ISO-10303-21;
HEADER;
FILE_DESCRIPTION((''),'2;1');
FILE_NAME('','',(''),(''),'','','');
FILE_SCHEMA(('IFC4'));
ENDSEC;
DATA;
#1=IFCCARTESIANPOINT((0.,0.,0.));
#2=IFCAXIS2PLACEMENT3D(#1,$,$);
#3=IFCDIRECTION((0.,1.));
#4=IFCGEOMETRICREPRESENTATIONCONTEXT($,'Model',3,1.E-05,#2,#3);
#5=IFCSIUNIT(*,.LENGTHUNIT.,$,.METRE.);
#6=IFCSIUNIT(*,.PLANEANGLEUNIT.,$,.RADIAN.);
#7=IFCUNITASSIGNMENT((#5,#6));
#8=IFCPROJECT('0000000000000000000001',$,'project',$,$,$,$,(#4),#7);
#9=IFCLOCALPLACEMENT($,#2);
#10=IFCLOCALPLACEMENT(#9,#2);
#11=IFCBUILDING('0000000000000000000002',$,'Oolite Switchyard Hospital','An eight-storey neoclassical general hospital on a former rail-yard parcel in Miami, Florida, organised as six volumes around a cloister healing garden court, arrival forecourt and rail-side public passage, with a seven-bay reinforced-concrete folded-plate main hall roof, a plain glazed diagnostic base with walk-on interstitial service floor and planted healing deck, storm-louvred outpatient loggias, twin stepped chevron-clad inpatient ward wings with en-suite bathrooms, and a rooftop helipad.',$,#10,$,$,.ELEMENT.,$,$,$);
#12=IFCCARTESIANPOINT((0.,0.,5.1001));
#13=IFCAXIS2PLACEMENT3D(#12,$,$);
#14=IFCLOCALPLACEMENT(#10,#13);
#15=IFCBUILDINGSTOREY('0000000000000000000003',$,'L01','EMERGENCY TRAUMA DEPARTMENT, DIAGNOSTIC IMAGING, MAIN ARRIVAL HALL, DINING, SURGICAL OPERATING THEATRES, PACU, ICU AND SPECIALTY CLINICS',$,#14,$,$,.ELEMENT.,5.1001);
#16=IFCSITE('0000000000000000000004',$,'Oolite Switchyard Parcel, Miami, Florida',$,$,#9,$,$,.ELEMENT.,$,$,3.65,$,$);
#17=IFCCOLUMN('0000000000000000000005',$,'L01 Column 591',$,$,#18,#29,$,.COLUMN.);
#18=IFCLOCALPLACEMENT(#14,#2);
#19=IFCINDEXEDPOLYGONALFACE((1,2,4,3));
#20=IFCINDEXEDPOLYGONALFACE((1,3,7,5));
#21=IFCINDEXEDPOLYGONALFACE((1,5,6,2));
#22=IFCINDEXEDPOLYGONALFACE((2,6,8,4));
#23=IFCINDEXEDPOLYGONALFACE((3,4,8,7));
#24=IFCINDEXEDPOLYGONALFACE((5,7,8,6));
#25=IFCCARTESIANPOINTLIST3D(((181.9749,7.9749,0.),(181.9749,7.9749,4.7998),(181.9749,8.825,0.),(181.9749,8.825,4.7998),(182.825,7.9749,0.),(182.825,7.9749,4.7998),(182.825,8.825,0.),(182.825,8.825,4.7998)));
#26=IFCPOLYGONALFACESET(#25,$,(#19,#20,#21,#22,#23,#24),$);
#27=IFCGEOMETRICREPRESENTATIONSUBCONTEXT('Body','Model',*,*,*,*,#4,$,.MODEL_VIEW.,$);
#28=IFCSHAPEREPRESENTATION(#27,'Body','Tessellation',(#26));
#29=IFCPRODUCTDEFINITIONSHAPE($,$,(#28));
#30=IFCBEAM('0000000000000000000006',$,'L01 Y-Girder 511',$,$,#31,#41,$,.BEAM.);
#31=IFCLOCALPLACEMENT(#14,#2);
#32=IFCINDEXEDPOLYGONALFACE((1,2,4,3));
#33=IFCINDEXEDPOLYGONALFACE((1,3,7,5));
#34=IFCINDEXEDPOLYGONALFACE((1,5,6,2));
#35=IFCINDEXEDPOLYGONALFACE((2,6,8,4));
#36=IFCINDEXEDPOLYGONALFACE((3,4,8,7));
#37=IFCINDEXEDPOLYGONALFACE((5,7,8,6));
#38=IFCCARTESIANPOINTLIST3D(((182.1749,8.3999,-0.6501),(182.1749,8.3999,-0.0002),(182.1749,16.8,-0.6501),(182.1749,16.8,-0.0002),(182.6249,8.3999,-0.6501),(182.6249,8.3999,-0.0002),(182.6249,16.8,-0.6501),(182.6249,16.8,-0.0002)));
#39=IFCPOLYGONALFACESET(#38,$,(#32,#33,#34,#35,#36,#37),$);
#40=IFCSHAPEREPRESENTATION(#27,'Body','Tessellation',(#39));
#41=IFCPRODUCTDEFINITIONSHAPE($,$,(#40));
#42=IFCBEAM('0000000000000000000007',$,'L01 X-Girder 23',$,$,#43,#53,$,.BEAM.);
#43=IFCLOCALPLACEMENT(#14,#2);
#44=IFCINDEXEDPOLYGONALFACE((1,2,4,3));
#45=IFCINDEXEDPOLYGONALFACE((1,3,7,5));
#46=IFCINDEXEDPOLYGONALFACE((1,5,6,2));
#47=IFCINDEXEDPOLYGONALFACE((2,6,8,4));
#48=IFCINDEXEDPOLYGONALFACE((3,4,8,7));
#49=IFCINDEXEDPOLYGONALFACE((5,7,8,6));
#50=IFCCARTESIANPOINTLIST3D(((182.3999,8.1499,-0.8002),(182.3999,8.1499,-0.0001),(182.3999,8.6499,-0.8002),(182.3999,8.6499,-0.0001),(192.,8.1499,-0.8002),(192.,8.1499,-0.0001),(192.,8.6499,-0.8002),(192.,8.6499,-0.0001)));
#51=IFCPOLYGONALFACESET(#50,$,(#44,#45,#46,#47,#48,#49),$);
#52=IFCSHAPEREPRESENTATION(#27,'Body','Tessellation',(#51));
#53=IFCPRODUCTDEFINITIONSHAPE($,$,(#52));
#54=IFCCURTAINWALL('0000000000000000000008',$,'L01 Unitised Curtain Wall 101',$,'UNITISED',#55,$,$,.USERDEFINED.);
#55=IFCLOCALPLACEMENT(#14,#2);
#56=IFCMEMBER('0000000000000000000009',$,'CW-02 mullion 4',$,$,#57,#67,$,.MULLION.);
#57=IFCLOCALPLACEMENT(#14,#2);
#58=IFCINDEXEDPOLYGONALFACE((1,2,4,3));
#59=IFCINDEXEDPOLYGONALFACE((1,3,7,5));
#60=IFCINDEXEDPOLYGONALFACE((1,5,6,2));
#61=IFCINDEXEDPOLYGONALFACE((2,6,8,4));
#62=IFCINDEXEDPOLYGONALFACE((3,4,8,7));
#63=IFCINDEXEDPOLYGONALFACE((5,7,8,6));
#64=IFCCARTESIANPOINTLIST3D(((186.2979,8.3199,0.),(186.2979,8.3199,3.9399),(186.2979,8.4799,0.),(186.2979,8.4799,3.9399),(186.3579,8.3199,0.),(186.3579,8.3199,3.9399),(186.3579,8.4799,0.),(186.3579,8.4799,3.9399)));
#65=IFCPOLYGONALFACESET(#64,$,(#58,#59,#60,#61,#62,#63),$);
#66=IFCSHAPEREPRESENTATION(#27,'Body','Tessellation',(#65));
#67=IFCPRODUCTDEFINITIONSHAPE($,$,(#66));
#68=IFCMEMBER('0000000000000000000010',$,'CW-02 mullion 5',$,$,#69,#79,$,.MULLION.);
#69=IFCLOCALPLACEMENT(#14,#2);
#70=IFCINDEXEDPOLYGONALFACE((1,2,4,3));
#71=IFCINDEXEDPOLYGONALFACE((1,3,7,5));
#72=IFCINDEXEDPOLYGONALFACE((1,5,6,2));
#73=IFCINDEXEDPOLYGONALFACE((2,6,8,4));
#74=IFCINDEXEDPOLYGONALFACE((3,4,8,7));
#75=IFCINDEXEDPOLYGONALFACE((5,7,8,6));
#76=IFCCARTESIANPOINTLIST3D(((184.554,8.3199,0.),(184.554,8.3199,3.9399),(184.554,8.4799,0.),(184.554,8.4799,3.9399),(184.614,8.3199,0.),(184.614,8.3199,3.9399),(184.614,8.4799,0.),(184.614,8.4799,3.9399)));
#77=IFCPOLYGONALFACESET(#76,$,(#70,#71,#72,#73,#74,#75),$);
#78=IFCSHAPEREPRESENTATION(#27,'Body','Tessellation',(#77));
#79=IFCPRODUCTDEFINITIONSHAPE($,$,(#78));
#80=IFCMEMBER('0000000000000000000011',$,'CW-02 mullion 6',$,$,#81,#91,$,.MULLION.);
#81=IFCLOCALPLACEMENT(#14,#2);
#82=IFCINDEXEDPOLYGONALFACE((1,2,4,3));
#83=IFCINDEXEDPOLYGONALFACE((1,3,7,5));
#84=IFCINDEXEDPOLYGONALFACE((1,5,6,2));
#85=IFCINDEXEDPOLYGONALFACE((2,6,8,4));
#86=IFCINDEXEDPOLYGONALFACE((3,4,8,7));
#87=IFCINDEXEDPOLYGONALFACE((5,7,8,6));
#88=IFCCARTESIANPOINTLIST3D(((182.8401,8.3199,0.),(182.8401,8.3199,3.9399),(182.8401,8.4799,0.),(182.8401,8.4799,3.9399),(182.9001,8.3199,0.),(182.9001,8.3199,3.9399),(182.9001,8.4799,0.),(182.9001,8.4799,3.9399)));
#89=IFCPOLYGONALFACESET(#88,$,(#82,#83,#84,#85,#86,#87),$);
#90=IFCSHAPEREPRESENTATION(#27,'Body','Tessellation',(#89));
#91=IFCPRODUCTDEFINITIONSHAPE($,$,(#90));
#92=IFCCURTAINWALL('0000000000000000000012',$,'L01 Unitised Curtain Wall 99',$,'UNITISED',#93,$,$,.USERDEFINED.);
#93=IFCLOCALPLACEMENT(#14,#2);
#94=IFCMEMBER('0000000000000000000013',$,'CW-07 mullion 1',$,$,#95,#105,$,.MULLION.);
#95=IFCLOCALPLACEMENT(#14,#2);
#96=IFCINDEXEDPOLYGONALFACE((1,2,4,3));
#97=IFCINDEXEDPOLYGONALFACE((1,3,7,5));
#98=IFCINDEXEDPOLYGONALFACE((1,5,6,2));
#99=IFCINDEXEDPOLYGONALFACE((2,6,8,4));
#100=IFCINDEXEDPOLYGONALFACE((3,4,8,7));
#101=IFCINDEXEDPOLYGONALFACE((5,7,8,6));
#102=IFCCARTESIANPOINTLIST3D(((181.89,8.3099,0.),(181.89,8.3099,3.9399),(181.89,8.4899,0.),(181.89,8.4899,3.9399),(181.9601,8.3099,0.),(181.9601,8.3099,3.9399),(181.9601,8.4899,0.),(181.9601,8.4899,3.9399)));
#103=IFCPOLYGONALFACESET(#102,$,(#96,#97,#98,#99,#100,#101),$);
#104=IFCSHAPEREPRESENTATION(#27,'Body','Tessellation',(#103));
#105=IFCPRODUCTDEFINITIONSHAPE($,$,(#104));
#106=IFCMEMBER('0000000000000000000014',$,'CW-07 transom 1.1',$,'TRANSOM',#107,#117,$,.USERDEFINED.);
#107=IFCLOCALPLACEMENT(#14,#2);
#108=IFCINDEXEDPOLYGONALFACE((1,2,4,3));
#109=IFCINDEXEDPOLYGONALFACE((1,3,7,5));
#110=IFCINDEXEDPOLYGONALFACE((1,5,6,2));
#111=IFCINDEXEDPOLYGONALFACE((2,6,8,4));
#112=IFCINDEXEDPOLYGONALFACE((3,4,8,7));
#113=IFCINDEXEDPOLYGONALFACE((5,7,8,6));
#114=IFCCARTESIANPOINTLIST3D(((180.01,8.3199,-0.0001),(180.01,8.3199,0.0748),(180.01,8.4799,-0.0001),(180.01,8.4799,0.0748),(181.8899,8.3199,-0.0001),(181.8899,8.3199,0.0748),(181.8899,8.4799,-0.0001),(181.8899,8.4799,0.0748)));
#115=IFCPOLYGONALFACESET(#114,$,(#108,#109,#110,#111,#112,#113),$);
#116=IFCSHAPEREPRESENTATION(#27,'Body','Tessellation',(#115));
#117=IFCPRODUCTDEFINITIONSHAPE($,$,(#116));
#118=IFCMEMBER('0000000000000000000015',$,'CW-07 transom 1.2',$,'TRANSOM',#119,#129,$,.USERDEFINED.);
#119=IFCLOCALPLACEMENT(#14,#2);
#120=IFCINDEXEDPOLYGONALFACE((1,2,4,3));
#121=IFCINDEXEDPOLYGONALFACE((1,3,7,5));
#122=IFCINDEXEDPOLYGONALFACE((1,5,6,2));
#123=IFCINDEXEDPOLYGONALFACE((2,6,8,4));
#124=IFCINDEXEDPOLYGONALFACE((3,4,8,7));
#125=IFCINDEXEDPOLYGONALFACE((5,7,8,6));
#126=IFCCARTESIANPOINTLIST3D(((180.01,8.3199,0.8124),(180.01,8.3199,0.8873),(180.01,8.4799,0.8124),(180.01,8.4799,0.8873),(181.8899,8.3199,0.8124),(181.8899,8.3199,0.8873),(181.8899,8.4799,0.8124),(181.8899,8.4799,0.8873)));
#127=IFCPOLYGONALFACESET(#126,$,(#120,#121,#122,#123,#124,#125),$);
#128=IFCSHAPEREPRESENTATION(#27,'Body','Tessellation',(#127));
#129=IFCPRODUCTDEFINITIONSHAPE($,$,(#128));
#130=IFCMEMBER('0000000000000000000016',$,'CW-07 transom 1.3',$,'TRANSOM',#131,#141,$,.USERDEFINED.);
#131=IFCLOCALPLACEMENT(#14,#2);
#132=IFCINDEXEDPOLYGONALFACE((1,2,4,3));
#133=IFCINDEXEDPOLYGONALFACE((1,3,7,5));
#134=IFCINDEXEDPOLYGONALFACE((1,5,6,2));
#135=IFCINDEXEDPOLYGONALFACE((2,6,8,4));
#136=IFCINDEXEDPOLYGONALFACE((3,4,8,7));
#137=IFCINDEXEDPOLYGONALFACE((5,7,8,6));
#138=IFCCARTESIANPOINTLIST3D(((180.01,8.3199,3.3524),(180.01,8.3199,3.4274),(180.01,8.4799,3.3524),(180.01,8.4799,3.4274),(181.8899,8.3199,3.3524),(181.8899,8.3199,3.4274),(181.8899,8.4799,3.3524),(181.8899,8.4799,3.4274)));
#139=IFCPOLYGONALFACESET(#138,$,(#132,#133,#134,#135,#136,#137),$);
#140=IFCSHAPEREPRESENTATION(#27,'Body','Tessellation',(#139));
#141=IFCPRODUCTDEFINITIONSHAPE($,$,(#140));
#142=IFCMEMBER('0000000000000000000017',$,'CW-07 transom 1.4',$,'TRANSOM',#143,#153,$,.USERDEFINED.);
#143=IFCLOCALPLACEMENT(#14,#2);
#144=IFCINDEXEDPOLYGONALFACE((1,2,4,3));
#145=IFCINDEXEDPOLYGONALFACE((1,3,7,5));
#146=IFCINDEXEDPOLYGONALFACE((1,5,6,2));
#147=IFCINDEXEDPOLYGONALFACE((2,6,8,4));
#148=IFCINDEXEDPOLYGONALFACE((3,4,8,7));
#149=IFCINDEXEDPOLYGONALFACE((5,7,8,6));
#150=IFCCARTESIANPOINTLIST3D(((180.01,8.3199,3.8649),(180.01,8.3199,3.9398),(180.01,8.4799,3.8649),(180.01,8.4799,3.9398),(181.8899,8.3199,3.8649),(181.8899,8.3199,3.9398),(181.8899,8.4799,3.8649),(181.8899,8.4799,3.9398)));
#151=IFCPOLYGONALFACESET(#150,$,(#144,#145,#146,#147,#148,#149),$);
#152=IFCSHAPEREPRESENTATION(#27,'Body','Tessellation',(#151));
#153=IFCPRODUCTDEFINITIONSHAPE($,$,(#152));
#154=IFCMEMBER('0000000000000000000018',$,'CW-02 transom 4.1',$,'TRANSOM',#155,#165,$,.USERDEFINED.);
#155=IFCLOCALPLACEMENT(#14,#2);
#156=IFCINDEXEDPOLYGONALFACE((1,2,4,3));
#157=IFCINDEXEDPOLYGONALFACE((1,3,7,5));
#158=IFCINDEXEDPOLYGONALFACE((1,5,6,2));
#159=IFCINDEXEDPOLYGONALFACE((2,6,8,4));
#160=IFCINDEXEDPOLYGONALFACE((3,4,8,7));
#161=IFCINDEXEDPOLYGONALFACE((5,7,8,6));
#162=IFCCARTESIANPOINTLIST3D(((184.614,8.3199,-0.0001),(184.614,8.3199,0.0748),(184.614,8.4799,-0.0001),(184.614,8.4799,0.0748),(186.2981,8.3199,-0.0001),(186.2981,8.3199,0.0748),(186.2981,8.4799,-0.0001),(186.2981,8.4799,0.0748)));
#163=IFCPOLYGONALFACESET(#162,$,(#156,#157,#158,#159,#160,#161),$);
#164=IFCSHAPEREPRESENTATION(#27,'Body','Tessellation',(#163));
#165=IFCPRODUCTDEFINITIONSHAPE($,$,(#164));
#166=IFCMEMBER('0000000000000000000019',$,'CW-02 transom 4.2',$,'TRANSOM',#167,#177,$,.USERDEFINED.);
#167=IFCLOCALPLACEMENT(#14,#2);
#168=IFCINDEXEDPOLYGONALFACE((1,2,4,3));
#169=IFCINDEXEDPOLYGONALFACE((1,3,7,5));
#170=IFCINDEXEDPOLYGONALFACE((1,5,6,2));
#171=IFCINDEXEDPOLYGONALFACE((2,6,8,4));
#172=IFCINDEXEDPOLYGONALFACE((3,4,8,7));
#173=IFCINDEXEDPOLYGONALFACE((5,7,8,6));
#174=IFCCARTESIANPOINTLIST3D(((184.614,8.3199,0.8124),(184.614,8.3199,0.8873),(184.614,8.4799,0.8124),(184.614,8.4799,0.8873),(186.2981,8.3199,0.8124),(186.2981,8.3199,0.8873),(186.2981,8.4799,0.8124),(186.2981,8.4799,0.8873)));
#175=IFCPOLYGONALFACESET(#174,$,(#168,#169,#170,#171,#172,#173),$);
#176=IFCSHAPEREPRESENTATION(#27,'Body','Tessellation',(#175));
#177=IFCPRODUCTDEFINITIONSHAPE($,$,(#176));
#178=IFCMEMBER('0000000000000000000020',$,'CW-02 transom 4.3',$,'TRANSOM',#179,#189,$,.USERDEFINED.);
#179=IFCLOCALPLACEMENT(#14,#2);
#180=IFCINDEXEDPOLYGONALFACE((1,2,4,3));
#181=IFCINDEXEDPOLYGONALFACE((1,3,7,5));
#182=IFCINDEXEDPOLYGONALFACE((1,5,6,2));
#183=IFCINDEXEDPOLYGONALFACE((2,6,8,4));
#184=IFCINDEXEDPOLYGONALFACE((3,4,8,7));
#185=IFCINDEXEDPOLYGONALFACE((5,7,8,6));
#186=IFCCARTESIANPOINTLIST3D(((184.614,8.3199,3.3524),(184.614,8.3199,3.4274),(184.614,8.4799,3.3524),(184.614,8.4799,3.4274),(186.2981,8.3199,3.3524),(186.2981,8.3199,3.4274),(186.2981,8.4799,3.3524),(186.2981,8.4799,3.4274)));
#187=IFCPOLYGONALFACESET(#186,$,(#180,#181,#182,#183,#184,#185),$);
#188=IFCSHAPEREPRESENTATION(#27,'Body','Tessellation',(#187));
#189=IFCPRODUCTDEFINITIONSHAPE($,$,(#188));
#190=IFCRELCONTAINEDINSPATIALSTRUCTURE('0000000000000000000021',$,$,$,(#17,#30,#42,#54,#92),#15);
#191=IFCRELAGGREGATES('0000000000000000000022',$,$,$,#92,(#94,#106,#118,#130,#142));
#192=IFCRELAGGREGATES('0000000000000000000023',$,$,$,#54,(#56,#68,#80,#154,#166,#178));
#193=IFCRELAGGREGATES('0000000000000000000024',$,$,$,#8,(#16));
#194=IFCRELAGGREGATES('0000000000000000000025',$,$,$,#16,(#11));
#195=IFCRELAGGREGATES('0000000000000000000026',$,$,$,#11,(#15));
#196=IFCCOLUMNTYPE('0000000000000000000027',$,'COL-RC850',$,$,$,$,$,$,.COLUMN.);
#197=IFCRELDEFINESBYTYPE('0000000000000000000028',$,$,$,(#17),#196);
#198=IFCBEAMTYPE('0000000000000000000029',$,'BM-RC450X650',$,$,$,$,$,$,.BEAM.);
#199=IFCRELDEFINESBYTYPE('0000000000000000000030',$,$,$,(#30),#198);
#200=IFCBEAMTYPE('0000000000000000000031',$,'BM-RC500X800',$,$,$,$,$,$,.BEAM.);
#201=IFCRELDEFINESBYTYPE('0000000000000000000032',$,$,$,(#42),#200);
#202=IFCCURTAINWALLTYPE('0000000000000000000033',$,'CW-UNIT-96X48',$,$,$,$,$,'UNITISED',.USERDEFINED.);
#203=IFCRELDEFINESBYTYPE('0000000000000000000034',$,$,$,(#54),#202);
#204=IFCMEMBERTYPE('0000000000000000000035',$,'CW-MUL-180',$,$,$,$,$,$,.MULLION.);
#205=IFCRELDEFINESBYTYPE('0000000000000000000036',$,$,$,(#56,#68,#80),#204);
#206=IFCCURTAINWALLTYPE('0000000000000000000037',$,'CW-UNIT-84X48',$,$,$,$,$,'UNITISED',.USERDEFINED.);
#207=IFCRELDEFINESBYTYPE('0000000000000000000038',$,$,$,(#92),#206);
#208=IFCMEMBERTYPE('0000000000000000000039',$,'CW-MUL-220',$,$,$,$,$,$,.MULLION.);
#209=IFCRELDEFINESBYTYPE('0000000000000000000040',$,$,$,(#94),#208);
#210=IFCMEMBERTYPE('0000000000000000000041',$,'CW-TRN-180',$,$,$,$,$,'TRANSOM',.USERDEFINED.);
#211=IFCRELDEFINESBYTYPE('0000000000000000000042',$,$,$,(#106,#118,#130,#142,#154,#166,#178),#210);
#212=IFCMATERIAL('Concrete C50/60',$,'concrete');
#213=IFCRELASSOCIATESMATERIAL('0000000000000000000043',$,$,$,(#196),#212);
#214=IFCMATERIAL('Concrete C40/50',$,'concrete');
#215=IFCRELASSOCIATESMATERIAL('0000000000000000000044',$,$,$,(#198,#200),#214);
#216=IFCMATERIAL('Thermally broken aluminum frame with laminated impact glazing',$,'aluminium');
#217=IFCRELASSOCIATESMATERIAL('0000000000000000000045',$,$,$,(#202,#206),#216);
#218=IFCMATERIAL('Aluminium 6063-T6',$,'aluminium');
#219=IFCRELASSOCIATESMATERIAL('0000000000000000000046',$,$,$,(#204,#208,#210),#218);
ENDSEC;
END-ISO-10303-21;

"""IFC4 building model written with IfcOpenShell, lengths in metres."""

from ifc_helpers import new_model, si_unit, direction, frame, origin, origin_2d, place, context, subcontext, project, spatial, rectangle, extrude, material, material_profile, profile_set, type_object, element, aggregate, save


model = new_model("IFC4")

# Units and contexts
model_context = context("Model", 3, precision=1e-05, world=origin(), true_north=direction((0.0, 1.0)))
body_context = subcontext(model_context, "Body", "Model", "MODEL_VIEW")
ifc_project = project(units=[si_unit("LENGTHUNIT", "METRE"), si_unit("PLANEANGLEUNIT", "RADIAN")], contexts=[model_context])

# Site, building, storey
site_placement = place(None, origin())
site = spatial("IfcSite", under=ifc_project, at=site_placement, Name="Oolite Switchyard Parcel, Miami, Florida", CompositionType="ELEMENT", RefElevation=3.65)
building_placement = place(site_placement, origin())
building = spatial("IfcBuilding", under=site, at=building_placement, Name="Oolite Switchyard Hospital", Description="An eight-storey neoclassical general hospital on a former rail-yard parcel in Miami, Florida, organised as six volumes around a cloister healing garden court, arrival forecourt and rail-side public passage, with a seven-bay reinforced-concrete folded-plate main hall roof, a plain glazed diagnostic base with walk-on interstitial service floor and planted healing deck, storm-louvred outpatient loggias, twin stepped chevron-clad inpatient ward wings with en-suite bathrooms, and a rooftop helipad.", CompositionType="ELEMENT")
storey_placement = place(building_placement, frame((0.0, 0.0, 5.1001)))
storey = spatial("IfcBuildingStorey", under=building, at=storey_placement, Name="L01", Description="EMERGENCY TRAUMA DEPARTMENT, DIAGNOSTIC IMAGING, MAIN ARRIVAL HALL, DINING, SURGICAL OPERATING THEATRES, PACU, ICU AND SPECIALTY CLINICS", CompositionType="ELEMENT", Elevation=5.1001)

# Column
ifc_material_1 = material(Name="Concrete C50/60", Category="concrete")
ifc_material_profile_1 = material_profile(ifc_material_1, rectangle(XDim=0.8501, YDim=0.8501, at=origin_2d()), Name="RC850X850")
ifc_profile_set_1 = profile_set([ifc_material_profile_1], Name="Concrete C50/60")
column_type = type_object("IfcColumnType", Name="COL-RC850", PredefinedType="COLUMN", material=ifc_profile_set_1)
column_placement = place(storey_placement, frame((182.3999, 8.3999, 0.0), z_axis=(0.0, 0.0, 1.0), x_axis=(1.0, 0.0, 0.0)))
element("IfcColumn", 1, at=column_placement, inside=storey, type_object=column_type, Name="L01 Column 591", PredefinedType="COLUMN", context=body_context, shape_type="SweptSolid", body=[
    extrude(rectangle(XDim=0.8501, YDim=0.8501, at=origin_2d()), origin(), (0.0, 0.0, 1.0), 4.7998),
])

# Beams
ifc_material_2 = material(Name="Concrete C40/50", Category="concrete")
ifc_material_profile_2 = material_profile(ifc_material_2, rectangle(XDim=0.45, YDim=0.6499, at=origin_2d()), Name="RCB450X650")
ifc_profile_set_2 = profile_set([ifc_material_profile_2], Name="Concrete C40/50")
beam_type_1 = type_object("IfcBeamType", Name="BM-RC450X650", PredefinedType="BEAM", material=ifc_profile_set_2)
beam_1_placement = place(storey_placement, frame((182.3999, 8.3999, -0.3252), z_axis=(0.0, 1.0, 0.0), x_axis=(-1.0, 0.0, 0.0)))
element("IfcBeam", 2, at=beam_1_placement, inside=storey, type_object=beam_type_1, Name="L01 Y-Girder 511", PredefinedType="BEAM", context=body_context, shape_type="SweptSolid", body=[
    extrude(rectangle(XDim=0.45, YDim=0.6499, at=origin_2d()), origin(), (0.0, 0.0, 1.0), 8.4001),
])
ifc_material_profile_3 = material_profile(ifc_material_2, rectangle(XDim=0.5, YDim=0.8, at=origin_2d()), Name="RCB500X800")
ifc_profile_set_3 = profile_set([ifc_material_profile_3], Name="Concrete C40/50")
beam_type_2 = type_object("IfcBeamType", Name="BM-RC500X800", PredefinedType="BEAM", material=ifc_profile_set_3)
beam_2_placement = place(storey_placement, frame((182.3999, 8.3999, -0.4001), z_axis=(1.0, 0.0, 0.0), x_axis=(0.0, 1.0, 0.0)))
element("IfcBeam", 3, at=beam_2_placement, inside=storey, type_object=beam_type_2, Name="L01 X-Girder 23", PredefinedType="BEAM", context=body_context, shape_type="SweptSolid", body=[
    extrude(rectangle(XDim=0.5, YDim=0.8, at=origin_2d()), origin(), (0.0, 0.0, 1.0), 9.6001),
])

# Curtain walls, members
ifc_material_3 = material(Name="Thermally broken aluminum frame with laminated impact glazing", Category="aluminium")
curtain_wall_type_1 = type_object("IfcCurtainWallType", Name="CW-UNIT-96X48", ElementType="UNITISED", PredefinedType="USERDEFINED", material=ifc_material_3)
curtain_wall_1_placement = place(storey_placement, origin())
curtain_wall_1 = element("IfcCurtainWall", 4, at=curtain_wall_1_placement, inside=storey, type_object=curtain_wall_type_1, Name="L01 Unitised Curtain Wall 101", ObjectType="UNITISED", PredefinedType="USERDEFINED")
ifc_material_4 = material(Name="Aluminium 6063-T6", Category="aluminium")
ifc_material_profile_4 = material_profile(ifc_material_4, rectangle(XDim=0.1599, YDim=0.0601, at=origin_2d()), Name="CWM60X160")
ifc_profile_set_4 = profile_set([ifc_material_profile_4], Name="Aluminium 6063-T6")
member_type_1 = type_object("IfcMemberType", Name="CW-MUL-180", PredefinedType="MULLION", material=ifc_profile_set_4)
member_1_placement = place(storey_placement, frame((186.3279, 8.3999, 0.0), z_axis=(0.0, 0.0, 1.0), x_axis=(0.0, -1.0, 0.0)))
member_1 = element("IfcMember", 5, at=member_1_placement, type_object=member_type_1, Name="CW-02 mullion 4", PredefinedType="MULLION", context=body_context, shape_type="SweptSolid", body=[
    extrude(rectangle(XDim=0.1599, YDim=0.0601, at=origin_2d()), origin(), (0.0, 0.0, 1.0), 3.9399),
])
member_2_placement = place(storey_placement, frame((184.584, 8.3999, 0.0), z_axis=(0.0, 0.0, 1.0), x_axis=(0.0, -1.0, 0.0)))
member_2 = element("IfcMember", 6, at=member_2_placement, type_object=member_type_1, Name="CW-02 mullion 5", PredefinedType="MULLION", context=body_context, shape_type="SweptSolid", body=[
    extrude(rectangle(XDim=0.1599, YDim=0.0601, at=origin_2d()), origin(), (0.0, 0.0, 1.0), 3.9399),
])
member_3_placement = place(storey_placement, frame((182.8701, 8.3999, 0.0), z_axis=(0.0, 0.0, 1.0), x_axis=(0.0, -1.0, 0.0)))
member_3 = element("IfcMember", 7, at=member_3_placement, type_object=member_type_1, Name="CW-02 mullion 6", PredefinedType="MULLION", context=body_context, shape_type="SweptSolid", body=[
    extrude(rectangle(XDim=0.1599, YDim=0.0601, at=origin_2d()), origin(), (0.0, 0.0, 1.0), 3.9399),
])
curtain_wall_type_2 = type_object("IfcCurtainWallType", Name="CW-UNIT-84X48", ElementType="UNITISED", PredefinedType="USERDEFINED", material=ifc_material_3)
curtain_wall_2_placement = place(storey_placement, origin())
curtain_wall_2 = element("IfcCurtainWall", 8, at=curtain_wall_2_placement, inside=storey, type_object=curtain_wall_type_2, Name="L01 Unitised Curtain Wall 99", ObjectType="UNITISED", PredefinedType="USERDEFINED")
ifc_material_profile_5 = material_profile(ifc_material_4, rectangle(XDim=0.1799, YDim=0.0701, at=origin_2d()), Name="CWM70X180")
ifc_profile_set_5 = profile_set([ifc_material_profile_5], Name="Aluminium 6063-T6")
member_type_2 = type_object("IfcMemberType", Name="CW-MUL-220", PredefinedType="MULLION", material=ifc_profile_set_5)
member_4_placement = place(storey_placement, frame((181.925, 8.3999, 0.0), z_axis=(0.0, 0.0, 1.0), x_axis=(0.0, -1.0, 0.0)))
member_4 = element("IfcMember", 9, at=member_4_placement, type_object=member_type_2, Name="CW-07 mullion 1", PredefinedType="MULLION", context=body_context, shape_type="SweptSolid", body=[
    extrude(rectangle(XDim=0.1799, YDim=0.0701, at=origin_2d()), origin(), (0.0, 0.0, 1.0), 3.9399),
])
ifc_material_profile_6 = material_profile(ifc_material_4, rectangle(XDim=0.1599, YDim=0.075, at=origin_2d()), Name="CWT75X160")
ifc_profile_set_6 = profile_set([ifc_material_profile_6], Name="Aluminium 6063-T6")
member_type_3 = type_object("IfcMemberType", Name="CW-TRN-180", ElementType="TRANSOM", PredefinedType="USERDEFINED", material=ifc_profile_set_6)
member_5_placement = place(storey_placement, frame((181.8899, 8.3999, 0.0374), z_axis=(-1.0, 0.0, 0.0), x_axis=(0.0, -1.0, 0.0)))
member_5 = element("IfcMember", 10, at=member_5_placement, type_object=member_type_3, Name="CW-07 transom 1.1", ObjectType="TRANSOM", PredefinedType="USERDEFINED", context=body_context, shape_type="SweptSolid", body=[
    extrude(rectangle(XDim=0.1599, YDim=0.075, at=origin_2d()), origin(), (0.0, 0.0, 1.0), 1.8799),
])
member_6_placement = place(storey_placement, frame((181.8899, 8.3999, 0.8499), z_axis=(-1.0, 0.0, 0.0), x_axis=(0.0, -1.0, 0.0)))
member_6 = element("IfcMember", 11, at=member_6_placement, type_object=member_type_3, Name="CW-07 transom 1.2", ObjectType="TRANSOM", PredefinedType="USERDEFINED", context=body_context, shape_type="SweptSolid", body=[
    extrude(rectangle(XDim=0.1599, YDim=0.075, at=origin_2d()), origin(), (0.0, 0.0, 1.0), 1.8799),
])
member_7_placement = place(storey_placement, frame((181.8899, 8.3999, 3.3899), z_axis=(-1.0, 0.0, 0.0), x_axis=(0.0, -1.0, 0.0)))
member_7 = element("IfcMember", 12, at=member_7_placement, type_object=member_type_3, Name="CW-07 transom 1.3", ObjectType="TRANSOM", PredefinedType="USERDEFINED", context=body_context, shape_type="SweptSolid", body=[
    extrude(rectangle(XDim=0.1599, YDim=0.075, at=origin_2d()), origin(), (0.0, 0.0, 1.0), 1.8799),
])
member_8_placement = place(storey_placement, frame((181.8899, 8.3999, 3.9023), z_axis=(-1.0, 0.0, 0.0), x_axis=(0.0, -1.0, 0.0)))
member_8 = element("IfcMember", 13, at=member_8_placement, type_object=member_type_3, Name="CW-07 transom 1.4", ObjectType="TRANSOM", PredefinedType="USERDEFINED", context=body_context, shape_type="SweptSolid", body=[
    extrude(rectangle(XDim=0.1599, YDim=0.075, at=origin_2d()), origin(), (0.0, 0.0, 1.0), 1.8799),
])
aggregate(curtain_wall_2, [member_4, member_5, member_6, member_7, member_8])

# Members
member_9_placement = place(storey_placement, frame((186.2981, 8.3999, 0.0374), z_axis=(-1.0, 0.0, 0.0), x_axis=(0.0, -1.0, 0.0)))
member_9 = element("IfcMember", 14, at=member_9_placement, type_object=member_type_3, Name="CW-02 transom 4.1", ObjectType="TRANSOM", PredefinedType="USERDEFINED", context=body_context, shape_type="SweptSolid", body=[
    extrude(rectangle(XDim=0.1599, YDim=0.075, at=origin_2d()), origin(), (0.0, 0.0, 1.0), 1.6841),
])
member_10_placement = place(storey_placement, frame((186.2981, 8.3999, 0.8499), z_axis=(-1.0, 0.0, 0.0), x_axis=(0.0, -1.0, 0.0)))
member_10 = element("IfcMember", 15, at=member_10_placement, type_object=member_type_3, Name="CW-02 transom 4.2", ObjectType="TRANSOM", PredefinedType="USERDEFINED", context=body_context, shape_type="SweptSolid", body=[
    extrude(rectangle(XDim=0.1599, YDim=0.075, at=origin_2d()), origin(), (0.0, 0.0, 1.0), 1.6841),
])
member_11_placement = place(storey_placement, frame((186.2981, 8.3999, 3.3899), z_axis=(-1.0, 0.0, 0.0), x_axis=(0.0, -1.0, 0.0)))
member_11 = element("IfcMember", 16, at=member_11_placement, type_object=member_type_3, Name="CW-02 transom 4.3", ObjectType="TRANSOM", PredefinedType="USERDEFINED", context=body_context, shape_type="SweptSolid", body=[
    extrude(rectangle(XDim=0.1599, YDim=0.075, at=origin_2d()), origin(), (0.0, 0.0, 1.0), 1.6841),
])

aggregate(curtain_wall_1, [member_1, member_2, member_3, member_9, member_10, member_11])

save(model, "model.ifc")
